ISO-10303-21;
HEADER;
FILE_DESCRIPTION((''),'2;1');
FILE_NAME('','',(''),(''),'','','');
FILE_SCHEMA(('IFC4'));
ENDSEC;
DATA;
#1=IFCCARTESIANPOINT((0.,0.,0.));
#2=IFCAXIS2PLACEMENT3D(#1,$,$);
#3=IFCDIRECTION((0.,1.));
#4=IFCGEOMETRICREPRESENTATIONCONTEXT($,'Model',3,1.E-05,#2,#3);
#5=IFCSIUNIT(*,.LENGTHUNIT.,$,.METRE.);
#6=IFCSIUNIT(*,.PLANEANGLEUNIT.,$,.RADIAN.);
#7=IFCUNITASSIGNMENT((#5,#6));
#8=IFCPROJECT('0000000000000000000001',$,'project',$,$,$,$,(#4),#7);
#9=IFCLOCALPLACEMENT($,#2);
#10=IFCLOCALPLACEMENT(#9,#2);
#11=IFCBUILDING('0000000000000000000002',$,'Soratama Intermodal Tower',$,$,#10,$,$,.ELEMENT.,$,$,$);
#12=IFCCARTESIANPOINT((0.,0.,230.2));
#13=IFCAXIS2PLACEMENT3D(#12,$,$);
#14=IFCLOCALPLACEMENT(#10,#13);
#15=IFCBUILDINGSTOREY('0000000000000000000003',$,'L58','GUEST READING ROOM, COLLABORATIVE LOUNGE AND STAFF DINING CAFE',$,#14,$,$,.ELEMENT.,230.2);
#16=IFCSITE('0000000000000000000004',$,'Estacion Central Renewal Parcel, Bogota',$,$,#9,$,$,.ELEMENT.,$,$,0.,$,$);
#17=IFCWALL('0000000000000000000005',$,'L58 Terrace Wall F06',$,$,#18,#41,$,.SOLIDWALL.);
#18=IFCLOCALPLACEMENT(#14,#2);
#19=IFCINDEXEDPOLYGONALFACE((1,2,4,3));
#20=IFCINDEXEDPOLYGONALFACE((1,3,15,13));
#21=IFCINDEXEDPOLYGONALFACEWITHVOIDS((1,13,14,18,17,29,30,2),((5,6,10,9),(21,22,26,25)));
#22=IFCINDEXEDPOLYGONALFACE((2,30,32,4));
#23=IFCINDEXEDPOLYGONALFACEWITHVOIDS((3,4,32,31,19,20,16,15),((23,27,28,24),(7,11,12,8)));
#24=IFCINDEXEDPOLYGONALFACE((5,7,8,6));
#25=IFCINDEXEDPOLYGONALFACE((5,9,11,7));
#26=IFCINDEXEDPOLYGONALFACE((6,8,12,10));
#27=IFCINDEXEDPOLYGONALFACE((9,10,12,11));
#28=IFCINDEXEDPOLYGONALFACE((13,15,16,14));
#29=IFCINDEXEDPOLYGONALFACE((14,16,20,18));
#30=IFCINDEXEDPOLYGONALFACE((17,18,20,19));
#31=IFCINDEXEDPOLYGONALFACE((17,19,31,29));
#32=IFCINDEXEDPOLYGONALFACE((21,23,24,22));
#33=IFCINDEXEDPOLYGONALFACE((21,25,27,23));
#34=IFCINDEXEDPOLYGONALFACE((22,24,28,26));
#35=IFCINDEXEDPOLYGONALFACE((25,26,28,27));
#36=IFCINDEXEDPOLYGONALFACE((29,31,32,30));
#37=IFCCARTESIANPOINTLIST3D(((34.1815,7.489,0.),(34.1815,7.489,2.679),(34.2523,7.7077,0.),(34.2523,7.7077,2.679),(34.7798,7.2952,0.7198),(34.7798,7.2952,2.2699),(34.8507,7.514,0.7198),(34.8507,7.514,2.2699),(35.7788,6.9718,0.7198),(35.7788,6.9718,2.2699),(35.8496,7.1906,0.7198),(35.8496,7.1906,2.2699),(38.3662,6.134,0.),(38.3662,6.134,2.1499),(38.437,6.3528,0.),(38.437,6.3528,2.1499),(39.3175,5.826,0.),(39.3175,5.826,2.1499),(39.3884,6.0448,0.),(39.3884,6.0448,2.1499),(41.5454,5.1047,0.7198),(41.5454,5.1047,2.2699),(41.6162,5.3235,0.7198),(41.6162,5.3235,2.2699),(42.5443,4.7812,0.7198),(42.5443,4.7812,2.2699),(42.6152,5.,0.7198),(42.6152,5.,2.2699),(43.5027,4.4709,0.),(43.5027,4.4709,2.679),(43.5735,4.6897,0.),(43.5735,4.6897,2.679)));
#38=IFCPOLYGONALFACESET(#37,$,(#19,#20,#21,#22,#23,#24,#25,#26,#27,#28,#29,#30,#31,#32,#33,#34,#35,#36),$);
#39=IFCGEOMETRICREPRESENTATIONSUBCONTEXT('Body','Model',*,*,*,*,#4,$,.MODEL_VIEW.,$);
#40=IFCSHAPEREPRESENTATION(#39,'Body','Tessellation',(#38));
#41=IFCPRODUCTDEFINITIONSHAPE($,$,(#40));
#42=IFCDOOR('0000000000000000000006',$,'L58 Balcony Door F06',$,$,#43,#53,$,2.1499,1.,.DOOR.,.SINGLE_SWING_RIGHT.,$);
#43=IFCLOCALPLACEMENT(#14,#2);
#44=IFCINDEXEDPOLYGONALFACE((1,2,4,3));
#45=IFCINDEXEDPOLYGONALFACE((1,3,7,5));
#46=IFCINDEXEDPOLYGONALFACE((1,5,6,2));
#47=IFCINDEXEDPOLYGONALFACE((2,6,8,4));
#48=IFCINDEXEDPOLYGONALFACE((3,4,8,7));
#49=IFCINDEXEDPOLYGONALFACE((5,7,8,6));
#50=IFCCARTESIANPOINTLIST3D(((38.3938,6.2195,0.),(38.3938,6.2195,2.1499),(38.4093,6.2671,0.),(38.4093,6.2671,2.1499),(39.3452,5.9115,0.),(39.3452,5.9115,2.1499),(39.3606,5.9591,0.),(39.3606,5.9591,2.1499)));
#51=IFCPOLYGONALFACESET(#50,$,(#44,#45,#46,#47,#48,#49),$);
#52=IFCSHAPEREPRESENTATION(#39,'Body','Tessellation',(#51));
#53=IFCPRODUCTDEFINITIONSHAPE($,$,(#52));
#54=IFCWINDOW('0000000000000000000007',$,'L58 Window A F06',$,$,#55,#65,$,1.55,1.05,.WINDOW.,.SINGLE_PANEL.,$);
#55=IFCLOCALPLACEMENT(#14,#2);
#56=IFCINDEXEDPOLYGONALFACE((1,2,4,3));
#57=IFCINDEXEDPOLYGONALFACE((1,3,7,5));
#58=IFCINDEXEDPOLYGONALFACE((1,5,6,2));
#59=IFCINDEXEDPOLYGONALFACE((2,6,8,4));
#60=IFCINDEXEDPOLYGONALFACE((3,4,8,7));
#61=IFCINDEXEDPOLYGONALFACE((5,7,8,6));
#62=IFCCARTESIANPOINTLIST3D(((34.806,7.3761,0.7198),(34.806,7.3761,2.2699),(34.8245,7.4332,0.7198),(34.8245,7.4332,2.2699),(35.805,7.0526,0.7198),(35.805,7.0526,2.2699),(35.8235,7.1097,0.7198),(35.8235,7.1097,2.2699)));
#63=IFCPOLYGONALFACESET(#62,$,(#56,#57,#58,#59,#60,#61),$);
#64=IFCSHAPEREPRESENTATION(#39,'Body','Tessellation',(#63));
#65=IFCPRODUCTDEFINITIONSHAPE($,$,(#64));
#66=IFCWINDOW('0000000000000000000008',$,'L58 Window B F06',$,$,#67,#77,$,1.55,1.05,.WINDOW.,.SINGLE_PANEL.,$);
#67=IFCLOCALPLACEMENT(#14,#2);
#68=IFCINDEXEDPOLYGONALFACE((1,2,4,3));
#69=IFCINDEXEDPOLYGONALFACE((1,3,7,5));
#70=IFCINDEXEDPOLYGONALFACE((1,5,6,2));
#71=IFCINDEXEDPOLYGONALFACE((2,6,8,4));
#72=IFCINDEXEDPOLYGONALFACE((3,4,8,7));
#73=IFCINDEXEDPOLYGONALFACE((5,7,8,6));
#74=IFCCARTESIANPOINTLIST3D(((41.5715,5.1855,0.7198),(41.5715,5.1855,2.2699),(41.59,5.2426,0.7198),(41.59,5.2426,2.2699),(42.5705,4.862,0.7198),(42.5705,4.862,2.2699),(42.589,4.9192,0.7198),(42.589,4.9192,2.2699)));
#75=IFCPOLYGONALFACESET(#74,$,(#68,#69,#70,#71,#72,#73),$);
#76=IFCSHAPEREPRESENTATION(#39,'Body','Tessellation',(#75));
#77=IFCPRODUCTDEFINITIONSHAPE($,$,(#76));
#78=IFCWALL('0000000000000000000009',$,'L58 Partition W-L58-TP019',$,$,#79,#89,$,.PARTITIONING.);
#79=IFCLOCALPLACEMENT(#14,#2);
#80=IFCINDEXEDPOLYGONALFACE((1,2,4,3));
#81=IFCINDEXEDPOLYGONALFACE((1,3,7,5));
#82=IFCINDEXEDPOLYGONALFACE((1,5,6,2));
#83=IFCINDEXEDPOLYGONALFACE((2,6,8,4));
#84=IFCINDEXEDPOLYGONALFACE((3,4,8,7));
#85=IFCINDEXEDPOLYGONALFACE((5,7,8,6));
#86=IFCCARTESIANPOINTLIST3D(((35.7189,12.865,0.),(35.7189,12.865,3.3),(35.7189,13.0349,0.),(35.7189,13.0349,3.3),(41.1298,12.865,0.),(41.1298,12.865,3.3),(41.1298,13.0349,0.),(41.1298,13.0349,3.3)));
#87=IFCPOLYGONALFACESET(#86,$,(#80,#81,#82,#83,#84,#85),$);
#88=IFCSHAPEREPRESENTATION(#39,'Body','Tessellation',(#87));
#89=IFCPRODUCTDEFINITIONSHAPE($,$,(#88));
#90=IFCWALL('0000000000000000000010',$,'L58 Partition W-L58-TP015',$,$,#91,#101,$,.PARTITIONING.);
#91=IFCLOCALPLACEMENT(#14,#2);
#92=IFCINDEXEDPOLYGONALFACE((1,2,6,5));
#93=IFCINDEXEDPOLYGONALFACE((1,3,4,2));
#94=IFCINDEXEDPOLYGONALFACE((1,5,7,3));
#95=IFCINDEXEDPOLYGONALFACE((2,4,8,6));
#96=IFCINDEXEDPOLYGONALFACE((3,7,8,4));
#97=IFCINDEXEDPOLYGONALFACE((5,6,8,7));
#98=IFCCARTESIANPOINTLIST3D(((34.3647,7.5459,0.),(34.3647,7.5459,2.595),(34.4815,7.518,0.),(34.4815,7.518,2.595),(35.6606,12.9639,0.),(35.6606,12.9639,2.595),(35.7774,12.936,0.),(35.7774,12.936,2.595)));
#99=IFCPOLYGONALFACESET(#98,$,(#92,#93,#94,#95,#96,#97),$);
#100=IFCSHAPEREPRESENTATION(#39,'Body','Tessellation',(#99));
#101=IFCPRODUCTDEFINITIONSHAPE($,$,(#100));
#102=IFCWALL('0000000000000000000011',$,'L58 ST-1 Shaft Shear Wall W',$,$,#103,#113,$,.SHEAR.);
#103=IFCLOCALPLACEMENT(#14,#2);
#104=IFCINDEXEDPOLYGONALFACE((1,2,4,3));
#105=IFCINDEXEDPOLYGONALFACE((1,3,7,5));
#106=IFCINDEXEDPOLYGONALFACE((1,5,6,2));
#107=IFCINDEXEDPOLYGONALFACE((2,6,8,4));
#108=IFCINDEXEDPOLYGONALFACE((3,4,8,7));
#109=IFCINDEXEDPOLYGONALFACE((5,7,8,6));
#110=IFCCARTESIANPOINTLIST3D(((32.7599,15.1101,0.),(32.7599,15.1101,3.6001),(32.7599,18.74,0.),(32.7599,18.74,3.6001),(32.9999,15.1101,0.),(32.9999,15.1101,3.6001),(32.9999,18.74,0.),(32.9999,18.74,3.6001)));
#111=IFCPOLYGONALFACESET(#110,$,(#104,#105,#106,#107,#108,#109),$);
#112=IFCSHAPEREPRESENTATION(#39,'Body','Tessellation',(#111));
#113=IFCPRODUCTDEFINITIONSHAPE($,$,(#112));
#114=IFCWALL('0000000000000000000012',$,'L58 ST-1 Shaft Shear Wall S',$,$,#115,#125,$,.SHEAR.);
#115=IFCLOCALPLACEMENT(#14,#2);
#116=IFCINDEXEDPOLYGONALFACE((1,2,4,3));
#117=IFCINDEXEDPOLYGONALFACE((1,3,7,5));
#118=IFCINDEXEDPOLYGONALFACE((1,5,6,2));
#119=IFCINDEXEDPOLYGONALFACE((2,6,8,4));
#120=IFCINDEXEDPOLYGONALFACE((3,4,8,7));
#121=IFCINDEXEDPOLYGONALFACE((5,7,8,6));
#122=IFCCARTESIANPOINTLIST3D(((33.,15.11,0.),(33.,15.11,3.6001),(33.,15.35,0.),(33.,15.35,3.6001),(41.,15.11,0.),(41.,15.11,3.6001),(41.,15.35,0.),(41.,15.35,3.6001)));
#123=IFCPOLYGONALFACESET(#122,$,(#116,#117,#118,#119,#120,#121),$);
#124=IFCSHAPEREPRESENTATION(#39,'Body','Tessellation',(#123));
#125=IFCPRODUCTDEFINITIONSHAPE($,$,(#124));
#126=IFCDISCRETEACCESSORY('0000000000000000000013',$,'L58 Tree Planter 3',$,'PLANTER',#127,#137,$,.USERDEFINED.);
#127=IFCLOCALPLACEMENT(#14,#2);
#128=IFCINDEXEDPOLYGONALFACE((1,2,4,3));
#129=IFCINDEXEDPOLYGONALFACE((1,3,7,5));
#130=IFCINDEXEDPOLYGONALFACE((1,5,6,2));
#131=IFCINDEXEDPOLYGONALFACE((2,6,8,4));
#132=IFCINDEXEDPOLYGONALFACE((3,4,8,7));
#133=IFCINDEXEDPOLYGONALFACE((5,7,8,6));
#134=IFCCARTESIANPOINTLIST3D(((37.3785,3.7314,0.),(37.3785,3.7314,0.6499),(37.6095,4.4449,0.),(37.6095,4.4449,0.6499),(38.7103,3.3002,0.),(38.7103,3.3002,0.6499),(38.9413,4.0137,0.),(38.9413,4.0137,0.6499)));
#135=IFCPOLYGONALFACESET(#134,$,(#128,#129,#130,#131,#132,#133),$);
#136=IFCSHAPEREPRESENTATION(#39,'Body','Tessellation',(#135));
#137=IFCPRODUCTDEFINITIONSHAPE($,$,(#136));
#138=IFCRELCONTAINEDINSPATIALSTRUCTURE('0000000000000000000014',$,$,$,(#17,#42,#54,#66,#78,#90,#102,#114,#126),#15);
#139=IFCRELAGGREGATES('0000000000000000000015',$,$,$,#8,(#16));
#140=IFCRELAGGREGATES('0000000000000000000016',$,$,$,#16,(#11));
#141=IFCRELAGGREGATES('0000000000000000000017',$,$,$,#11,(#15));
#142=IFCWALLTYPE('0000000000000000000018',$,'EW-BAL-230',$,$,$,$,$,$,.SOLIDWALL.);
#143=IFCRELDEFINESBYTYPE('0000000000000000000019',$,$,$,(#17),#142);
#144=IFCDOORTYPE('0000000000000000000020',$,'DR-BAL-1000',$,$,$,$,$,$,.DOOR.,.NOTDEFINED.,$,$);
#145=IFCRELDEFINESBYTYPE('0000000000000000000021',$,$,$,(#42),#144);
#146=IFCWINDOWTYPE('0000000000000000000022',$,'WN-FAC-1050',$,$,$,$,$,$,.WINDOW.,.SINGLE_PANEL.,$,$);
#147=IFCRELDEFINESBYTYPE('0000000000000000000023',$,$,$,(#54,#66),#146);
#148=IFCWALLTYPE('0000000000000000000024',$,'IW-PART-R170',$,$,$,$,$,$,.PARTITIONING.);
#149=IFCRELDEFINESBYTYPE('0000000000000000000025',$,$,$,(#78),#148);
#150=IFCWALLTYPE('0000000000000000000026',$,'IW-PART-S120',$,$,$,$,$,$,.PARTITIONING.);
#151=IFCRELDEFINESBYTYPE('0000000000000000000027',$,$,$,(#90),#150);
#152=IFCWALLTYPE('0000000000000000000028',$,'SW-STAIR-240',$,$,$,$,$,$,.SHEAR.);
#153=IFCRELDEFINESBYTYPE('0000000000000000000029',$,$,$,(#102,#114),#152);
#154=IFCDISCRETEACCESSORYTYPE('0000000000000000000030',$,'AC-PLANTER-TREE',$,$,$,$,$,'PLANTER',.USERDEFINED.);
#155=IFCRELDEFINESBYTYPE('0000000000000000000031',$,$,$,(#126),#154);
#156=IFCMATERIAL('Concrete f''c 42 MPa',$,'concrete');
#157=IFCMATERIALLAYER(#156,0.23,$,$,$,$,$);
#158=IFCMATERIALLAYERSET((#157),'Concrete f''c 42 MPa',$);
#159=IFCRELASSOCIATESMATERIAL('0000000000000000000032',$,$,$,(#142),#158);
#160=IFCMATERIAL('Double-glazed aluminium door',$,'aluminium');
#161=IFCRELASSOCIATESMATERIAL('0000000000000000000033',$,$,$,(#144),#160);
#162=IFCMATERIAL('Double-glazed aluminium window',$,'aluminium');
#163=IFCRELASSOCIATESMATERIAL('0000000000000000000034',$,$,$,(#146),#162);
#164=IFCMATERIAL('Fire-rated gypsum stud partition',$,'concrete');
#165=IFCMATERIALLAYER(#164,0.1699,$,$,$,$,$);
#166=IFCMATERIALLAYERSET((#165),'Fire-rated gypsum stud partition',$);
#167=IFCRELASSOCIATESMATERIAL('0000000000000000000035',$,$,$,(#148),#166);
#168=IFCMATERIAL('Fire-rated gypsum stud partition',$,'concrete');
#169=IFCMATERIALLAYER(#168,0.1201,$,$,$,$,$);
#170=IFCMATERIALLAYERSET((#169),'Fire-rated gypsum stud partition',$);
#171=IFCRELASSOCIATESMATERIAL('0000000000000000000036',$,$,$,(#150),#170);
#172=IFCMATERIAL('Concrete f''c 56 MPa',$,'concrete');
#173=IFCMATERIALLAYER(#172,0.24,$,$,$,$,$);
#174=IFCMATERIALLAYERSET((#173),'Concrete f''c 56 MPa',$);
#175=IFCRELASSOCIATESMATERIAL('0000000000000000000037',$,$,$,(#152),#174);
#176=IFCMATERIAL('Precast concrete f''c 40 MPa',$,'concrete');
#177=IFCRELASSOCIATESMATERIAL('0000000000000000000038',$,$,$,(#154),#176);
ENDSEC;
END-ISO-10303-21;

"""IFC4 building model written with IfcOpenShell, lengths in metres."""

from ifc_helpers import new_model, si_unit, direction, frame, frame_2d, origin, origin_2d, place, context, subcontext, project, spatial, rectangle, extrude, material, layer, layer_set, type_object, element, fill, save


model = new_model("IFC4")

# Units and contexts
model_context = context("Model", 3, precision=1e-05, world=origin(), true_north=direction((0.0, 1.0)))
body_context = subcontext(model_context, "Body", "Model", "MODEL_VIEW")
ifc_project = project(units=[si_unit("LENGTHUNIT", "METRE"), si_unit("PLANEANGLEUNIT", "RADIAN")], contexts=[model_context])

# Site, building, storey
site_placement = place(None, origin())
site = spatial("IfcSite", under=ifc_project, at=site_placement, Name="Estacion Central Renewal Parcel, Bogota", CompositionType="ELEMENT", RefElevation=0.0)
building_placement = place(site_placement, origin())
building = spatial("IfcBuilding", under=site, at=building_placement, Name="Soratama Intermodal Tower", CompositionType="ELEMENT")
storey_placement = place(building_placement, frame((0.0, 0.0, 230.2)))
storey = spatial("IfcBuildingStorey", under=building, at=storey_placement, Name="L58", Description="GUEST READING ROOM, COLLABORATIVE LOUNGE AND STAFF DINING CAFE", CompositionType="ELEMENT", Elevation=230.2)

# Wall, openings, door, windows
ifc_material_1 = material(Name="Concrete f'c 42 MPa", Category="concrete")
ifc_layer_1 = layer(ifc_material_1, 0.23)
ifc_layer_set_1 = layer_set([ifc_layer_1], Name="Concrete f'c 42 MPa")
wall_type_1 = type_object("IfcWallType", Name="EW-BAL-230", PredefinedType="SOLIDWALL", material=ifc_layer_set_1)
wall_1_placement = place(storey_placement, frame((34.2168, 7.5984, 0.0), z_axis=(0.0, 0.0, 1.0), x_axis=(0.951374, -0.308038, 0.0)))
wall_1 = element("IfcWall", 1, at=wall_1_placement, inside=storey, type_object=wall_type_1, Name="L58 Terrace Wall F06", PredefinedType="SOLIDWALL", context=body_context, shape_type="SweptSolid", body=[
    extrude(rectangle(XDim=9.7976, YDim=0.23, at=frame_2d((4.8989, 0.0))), origin(), (0.0, 0.0, 1.0), 2.679),
])
opening_1_placement = place(wall_1_placement, frame((4.3987, 0.0, 0.0)))
opening_1 = element("IfcOpeningElement", 2, at=opening_1_placement, cuts=wall_1, PredefinedType="OPENING", context=body_context, shape_type="SweptSolid", body=[
    extrude(rectangle(XDim=1.0, YDim=2.1499, at=frame_2d((0.5, 1.075))), frame((0.0, 0.125, 0.0), z_axis=(0.0, -1.0, 0.0), x_axis=(1.0, 0.0, 0.0)), (0.0, 0.0, 1.0), 0.25),
])
opening_2_placement = place(wall_1_placement, frame((0.6292, 0.0, 0.72)))
opening_2 = element("IfcOpeningElement", 3, at=opening_2_placement, cuts=wall_1, PredefinedType="OPENING", context=body_context, shape_type="SweptSolid", body=[
    extrude(rectangle(XDim=1.05, YDim=1.55, at=frame_2d((0.5249, 0.7749))), frame((0.0, 0.125, 0.0), z_axis=(0.0, -1.0, 0.0), x_axis=(1.0, 0.0, 0.0)), (0.0, 0.0, 1.0), 0.25),
])
opening_3_placement = place(wall_1_placement, frame((7.7405, 0.0, 0.72)))
opening_3 = element("IfcOpeningElement", 4, at=opening_3_placement, cuts=wall_1, PredefinedType="OPENING", context=body_context, shape_type="SweptSolid", body=[
    extrude(rectangle(XDim=1.05, YDim=1.55, at=frame_2d((0.5249, 0.7749))), frame((0.0, 0.125, 0.0), z_axis=(0.0, -1.0, 0.0), x_axis=(1.0, 0.0, 0.0)), (0.0, 0.0, 1.0), 0.25),
])
ifc_material_2 = material(Name="Double-glazed aluminium door", Category="aluminium")
door_type_1 = type_object("IfcDoorType", Name="DR-BAL-1000", OperationType="NOTDEFINED", PredefinedType="DOOR", material=ifc_material_2)
door_1_placement = place(opening_1_placement, origin())
door_1 = element("IfcDoor", 5, at=door_1_placement, inside=storey, type_object=door_type_1, Name="L58 Balcony Door F06", OperationType="SINGLE_SWING_RIGHT", OverallHeight=2.1499, OverallWidth=1.0, PredefinedType="DOOR", context=body_context, shape_type="SweptSolid", body=[
    extrude(rectangle(XDim=1.0, YDim=2.1499, at=frame_2d((0.5, 1.075))), frame((0.0, 0.0249, 0.0), z_axis=(0.0, -1.0, 0.0), x_axis=(1.0, 0.0, 0.0)), (0.0, 0.0, 1.0), 0.05),
])
fill(opening_1, door_1)
ifc_material_3 = material(Name="Double-glazed aluminium window", Category="aluminium")
window_type = type_object("IfcWindowType", Name="WN-FAC-1050", PartitioningType="SINGLE_PANEL", PredefinedType="WINDOW", material=ifc_material_3)
window_1_placement = place(opening_2_placement, origin())
window_1 = element("IfcWindow", 6, at=window_1_placement, inside=storey, type_object=window_type, Name="L58 Window A F06", OverallHeight=1.55, OverallWidth=1.05, PartitioningType="SINGLE_PANEL", PredefinedType="WINDOW", context=body_context, shape_type="SweptSolid", body=[
    extrude(rectangle(XDim=1.05, YDim=1.55, at=frame_2d((0.5249, 0.7749))), frame((0.0, 0.03, 0.0), z_axis=(0.0, -1.0, 0.0), x_axis=(1.0, 0.0, 0.0)), (0.0, 0.0, 1.0), 0.0601),
])
fill(opening_2, window_1)
window_2_placement = place(opening_3_placement, origin())
window_2 = element("IfcWindow", 7, at=window_2_placement, inside=storey, type_object=window_type, Name="L58 Window B F06", OverallHeight=1.55, OverallWidth=1.05, PartitioningType="SINGLE_PANEL", PredefinedType="WINDOW", context=body_context, shape_type="SweptSolid", body=[
    extrude(rectangle(XDim=1.05, YDim=1.55, at=frame_2d((0.5249, 0.7749))), frame((0.0, 0.03, 0.0), z_axis=(0.0, -1.0, 0.0), x_axis=(1.0, 0.0, 0.0)), (0.0, 0.0, 1.0), 0.0601),
])
fill(opening_3, window_2)

# Wall
ifc_material_4 = material(Name="Fire-rated gypsum stud partition", Category="concrete")
ifc_layer_2 = layer(ifc_material_4, 0.1699)
ifc_layer_set_2 = layer_set([ifc_layer_2], Name="Fire-rated gypsum stud partition")
wall_type_2 = type_object("IfcWallType", Name="IW-PART-R170", PredefinedType="PARTITIONING", material=ifc_layer_set_2)
wall_2_placement = place(storey_placement, frame((41.1299, 12.95, 0.0), z_axis=(0.0, 0.0, 1.0), x_axis=(-1.0, 0.0, 0.0)))
element("IfcWall", 8, at=wall_2_placement, inside=storey, type_object=wall_type_2, Name="L58 Partition W-L58-TP019", PredefinedType="PARTITIONING", context=body_context, shape_type="SweptSolid", body=[
    extrude(rectangle(XDim=5.4109, YDim=0.1699, at=frame_2d((2.7056, 0.0))), origin(), (0.0, 0.0, 1.0), 3.3),
])

# Walls
ifc_material_5 = material(Name="Fire-rated gypsum stud partition", Category="concrete")
ifc_layer_3 = layer(ifc_material_5, 0.1201)
ifc_layer_set_3 = layer_set([ifc_layer_3], Name="Fire-rated gypsum stud partition")
wall_type_3 = type_object("IfcWallType", Name="IW-PART-S120", PredefinedType="PARTITIONING", material=ifc_layer_set_3)
wall_3_placement = place(storey_placement, frame((35.719, 12.95, 0.0), z_axis=(0.0, 0.0, 1.0), x_axis=(-0.232624, -0.972567, 0.0)))
element("IfcWall", 9, at=wall_3_placement, inside=storey, type_object=wall_type_3, Name="L58 Partition W-L58-TP015", PredefinedType="PARTITIONING", context=body_context, shape_type="SweptSolid", body=[
    extrude(rectangle(XDim=5.5708, YDim=0.1201, at=frame_2d((2.7854, 0.0))), origin(), (0.0, 0.0, 1.0), 2.595),
])
ifc_material_6 = material(Name="Concrete f'c 56 MPa", Category="concrete")
ifc_layer_4 = layer(ifc_material_6, 0.24)
ifc_layer_set_4 = layer_set([ifc_layer_4], Name="Concrete f'c 56 MPa")
wall_type_4 = type_object("IfcWallType", Name="SW-STAIR-240", PredefinedType="SHEAR", material=ifc_layer_set_4)
wall_4_placement = place(storey_placement, frame((32.8799, 15.1101, 0.0), z_axis=(0.0, 0.0, 1.0), x_axis=(0.0, 1.0, 0.0)))
element("IfcWall", 10, at=wall_4_placement, inside=storey, type_object=wall_type_4, Name="L58 ST-1 Shaft Shear Wall W", PredefinedType="SHEAR", context=body_context, shape_type="SweptSolid", body=[
    extrude(rectangle(XDim=3.6299, YDim=0.24, at=frame_2d((1.8149, 0.0))), origin(), (0.0, 0.0, 1.0), 3.6001),
])

# Wall
wall_5_placement = place(storey_placement, frame((33.0, 15.23, 0.0), z_axis=(0.0, 0.0, 1.0), x_axis=(1.0, 0.0, 0.0)))
element("IfcWall", 11, at=wall_5_placement, inside=storey, type_object=wall_type_4, Name="L58 ST-1 Shaft Shear Wall S", PredefinedType="SHEAR", context=body_context, shape_type="SweptSolid", body=[
    extrude(rectangle(XDim=8.0, YDim=0.24, at=frame_2d((4.0, 0.0))), origin(), (0.0, 0.0, 1.0), 3.6001),
])

# Discrete accessory
ifc_material_7 = material(Name="Precast concrete f'c 40 MPa", Category="concrete")
discrete_accessory_type = type_object("IfcDiscreteAccessoryType", Name="AC-PLANTER-TREE", ElementType="PLANTER", PredefinedType="USERDEFINED", material=ifc_material_7)
discrete_accessory_placement = place(storey_placement, frame((38.1599, 3.8726, 0.0), z_axis=(0.0, 0.0, 1.0), x_axis=(-0.308021, -0.95138, 0.0)))
element("IfcDiscreteAccessory", 12, at=discrete_accessory_placement, inside=storey, type_object=discrete_accessory_type, Name="L58 Tree Planter 3", ObjectType="PLANTER", PredefinedType="USERDEFINED", context=body_context, shape_type="SweptSolid", body=[
    extrude(rectangle(XDim=0.75, YDim=1.3999, at=origin_2d()), origin(), (0.0, 0.0, 1.0), 0.6499),
])

save(model, "model.ifc")
